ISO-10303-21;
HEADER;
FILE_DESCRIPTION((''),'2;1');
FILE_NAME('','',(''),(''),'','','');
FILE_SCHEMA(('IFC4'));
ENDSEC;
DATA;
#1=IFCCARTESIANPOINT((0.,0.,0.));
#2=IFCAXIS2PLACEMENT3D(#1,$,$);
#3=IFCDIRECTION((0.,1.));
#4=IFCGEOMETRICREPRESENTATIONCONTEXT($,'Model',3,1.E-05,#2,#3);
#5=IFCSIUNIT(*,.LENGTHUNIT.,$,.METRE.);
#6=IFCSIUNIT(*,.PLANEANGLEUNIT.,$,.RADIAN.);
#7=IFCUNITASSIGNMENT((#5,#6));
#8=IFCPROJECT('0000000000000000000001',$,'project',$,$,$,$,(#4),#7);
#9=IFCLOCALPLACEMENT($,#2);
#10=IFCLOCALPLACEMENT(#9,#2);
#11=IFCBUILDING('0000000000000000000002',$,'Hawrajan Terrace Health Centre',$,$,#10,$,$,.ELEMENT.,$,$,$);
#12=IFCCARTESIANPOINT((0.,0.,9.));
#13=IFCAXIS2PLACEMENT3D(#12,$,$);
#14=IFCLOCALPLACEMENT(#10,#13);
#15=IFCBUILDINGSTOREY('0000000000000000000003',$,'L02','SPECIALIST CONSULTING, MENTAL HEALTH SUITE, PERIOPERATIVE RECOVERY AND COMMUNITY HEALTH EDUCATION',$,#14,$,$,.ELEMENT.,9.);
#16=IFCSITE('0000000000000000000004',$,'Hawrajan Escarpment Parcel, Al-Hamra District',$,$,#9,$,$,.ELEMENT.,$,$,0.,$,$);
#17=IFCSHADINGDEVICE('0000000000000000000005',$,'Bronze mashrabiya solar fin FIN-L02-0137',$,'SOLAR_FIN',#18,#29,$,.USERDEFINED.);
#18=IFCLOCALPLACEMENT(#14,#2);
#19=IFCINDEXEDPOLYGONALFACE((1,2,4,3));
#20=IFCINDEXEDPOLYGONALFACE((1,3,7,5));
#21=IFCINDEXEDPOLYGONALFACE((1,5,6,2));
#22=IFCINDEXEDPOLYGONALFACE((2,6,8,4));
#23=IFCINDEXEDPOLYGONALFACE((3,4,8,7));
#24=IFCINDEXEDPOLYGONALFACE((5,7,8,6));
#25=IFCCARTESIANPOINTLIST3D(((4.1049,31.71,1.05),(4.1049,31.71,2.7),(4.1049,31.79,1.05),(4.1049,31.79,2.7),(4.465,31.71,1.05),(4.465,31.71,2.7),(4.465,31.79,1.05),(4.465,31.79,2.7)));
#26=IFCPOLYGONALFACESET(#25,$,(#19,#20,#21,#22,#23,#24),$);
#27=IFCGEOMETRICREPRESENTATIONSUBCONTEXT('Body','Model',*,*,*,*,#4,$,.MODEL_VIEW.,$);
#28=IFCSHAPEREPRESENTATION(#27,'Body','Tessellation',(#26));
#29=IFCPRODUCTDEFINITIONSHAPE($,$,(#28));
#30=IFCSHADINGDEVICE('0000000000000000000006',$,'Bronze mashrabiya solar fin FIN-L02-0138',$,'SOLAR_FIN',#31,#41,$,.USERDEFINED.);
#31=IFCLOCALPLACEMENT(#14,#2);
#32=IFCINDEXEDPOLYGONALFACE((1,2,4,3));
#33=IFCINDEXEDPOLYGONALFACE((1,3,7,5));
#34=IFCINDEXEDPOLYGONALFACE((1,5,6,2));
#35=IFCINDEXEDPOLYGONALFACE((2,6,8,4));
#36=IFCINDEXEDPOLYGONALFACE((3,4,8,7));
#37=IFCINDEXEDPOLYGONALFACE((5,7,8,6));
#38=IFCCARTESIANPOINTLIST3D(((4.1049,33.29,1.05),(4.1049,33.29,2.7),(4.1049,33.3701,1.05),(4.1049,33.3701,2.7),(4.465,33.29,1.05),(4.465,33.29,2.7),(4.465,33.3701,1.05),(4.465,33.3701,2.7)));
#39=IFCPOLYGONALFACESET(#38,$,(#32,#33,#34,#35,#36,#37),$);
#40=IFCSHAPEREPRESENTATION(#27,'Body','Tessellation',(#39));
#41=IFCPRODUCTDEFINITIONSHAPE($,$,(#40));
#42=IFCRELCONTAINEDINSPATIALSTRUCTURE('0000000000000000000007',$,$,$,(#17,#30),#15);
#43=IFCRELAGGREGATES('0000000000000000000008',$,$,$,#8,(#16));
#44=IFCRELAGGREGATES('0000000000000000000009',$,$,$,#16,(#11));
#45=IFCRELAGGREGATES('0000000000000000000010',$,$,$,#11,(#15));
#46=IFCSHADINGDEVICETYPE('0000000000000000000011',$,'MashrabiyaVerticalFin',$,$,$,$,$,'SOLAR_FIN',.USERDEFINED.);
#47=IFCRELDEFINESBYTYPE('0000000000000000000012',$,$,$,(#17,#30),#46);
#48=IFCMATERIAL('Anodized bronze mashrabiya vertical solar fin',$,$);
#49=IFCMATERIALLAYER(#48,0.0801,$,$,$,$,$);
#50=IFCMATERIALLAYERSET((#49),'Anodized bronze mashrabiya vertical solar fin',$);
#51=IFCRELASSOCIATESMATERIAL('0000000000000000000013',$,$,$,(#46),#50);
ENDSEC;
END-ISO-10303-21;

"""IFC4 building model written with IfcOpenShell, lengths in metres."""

from ifc_helpers import new_model, si_unit, direction, frame, origin, origin_2d, place, context, subcontext, project, spatial, rectangle, extrude, material, layer, layer_set, type_object, element, save


model = new_model("IFC4")

# Units and contexts
model_context = context("Model", 3, precision=1e-05, world=origin(), true_north=direction((0.0, 1.0)))
body_context = subcontext(model_context, "Body", "Model", "MODEL_VIEW")
ifc_project = project(units=[si_unit("LENGTHUNIT", "METRE"), si_unit("PLANEANGLEUNIT", "RADIAN")], contexts=[model_context])

# Site, building, storey
site_placement = place(None, origin())
site = spatial("IfcSite", under=ifc_project, at=site_placement, Name="Hawrajan Escarpment Parcel, Al-Hamra District", CompositionType="ELEMENT", RefElevation=0.0)
building_placement = place(site_placement, origin())
building = spatial("IfcBuilding", under=site, at=building_placement, Name="Hawrajan Terrace Health Centre", CompositionType="ELEMENT")
storey_placement = place(building_placement, frame((0.0, 0.0, 9.0)))
storey = spatial("IfcBuildingStorey", under=building, at=storey_placement, Name="L02", Description="SPECIALIST CONSULTING, MENTAL HEALTH SUITE, PERIOPERATIVE RECOVERY AND COMMUNITY HEALTH EDUCATION", CompositionType="ELEMENT", Elevation=9.0)

# Shading devices
ifc_material_1 = material(Name="Anodized bronze mashrabiya vertical solar fin")
ifc_layer_1 = layer(ifc_material_1, 0.0801)
ifc_layer_set_1 = layer_set([ifc_layer_1], Name="Anodized bronze mashrabiya vertical solar fin")
shading_device_type = type_object("IfcShadingDeviceType", Name="MashrabiyaVerticalFin", ElementType="SOLAR_FIN", PredefinedType="USERDEFINED", material=ifc_layer_set_1)
for number, where, z_axis, x_axis, name in (
    (1, (4.2849, 31.75, 1.05), (0.0, 0.0, 1.0), (0.0, 1.0, 0.0), "Bronze mashrabiya solar fin FIN-L02-0137"),
    (2, (4.2849, 33.3301, 1.05), (0.0, 0.0, 1.0), (0.0, 1.0, 0.0), "Bronze mashrabiya solar fin FIN-L02-0138"),
):
    element("IfcShadingDevice", number, at=place(storey_placement, frame(where, z_axis=z_axis, x_axis=x_axis)), inside=storey, type_object=shading_device_type, Name=name, ObjectType="SOLAR_FIN", PredefinedType="USERDEFINED", context=body_context, shape_type="SweptSolid", body=[
        extrude(rectangle(XDim=0.0801, YDim=0.3601, at=origin_2d()), origin(), (0.0, 0.0, 1.0), 1.6499),
    ])

save(model, "model.ifc")
